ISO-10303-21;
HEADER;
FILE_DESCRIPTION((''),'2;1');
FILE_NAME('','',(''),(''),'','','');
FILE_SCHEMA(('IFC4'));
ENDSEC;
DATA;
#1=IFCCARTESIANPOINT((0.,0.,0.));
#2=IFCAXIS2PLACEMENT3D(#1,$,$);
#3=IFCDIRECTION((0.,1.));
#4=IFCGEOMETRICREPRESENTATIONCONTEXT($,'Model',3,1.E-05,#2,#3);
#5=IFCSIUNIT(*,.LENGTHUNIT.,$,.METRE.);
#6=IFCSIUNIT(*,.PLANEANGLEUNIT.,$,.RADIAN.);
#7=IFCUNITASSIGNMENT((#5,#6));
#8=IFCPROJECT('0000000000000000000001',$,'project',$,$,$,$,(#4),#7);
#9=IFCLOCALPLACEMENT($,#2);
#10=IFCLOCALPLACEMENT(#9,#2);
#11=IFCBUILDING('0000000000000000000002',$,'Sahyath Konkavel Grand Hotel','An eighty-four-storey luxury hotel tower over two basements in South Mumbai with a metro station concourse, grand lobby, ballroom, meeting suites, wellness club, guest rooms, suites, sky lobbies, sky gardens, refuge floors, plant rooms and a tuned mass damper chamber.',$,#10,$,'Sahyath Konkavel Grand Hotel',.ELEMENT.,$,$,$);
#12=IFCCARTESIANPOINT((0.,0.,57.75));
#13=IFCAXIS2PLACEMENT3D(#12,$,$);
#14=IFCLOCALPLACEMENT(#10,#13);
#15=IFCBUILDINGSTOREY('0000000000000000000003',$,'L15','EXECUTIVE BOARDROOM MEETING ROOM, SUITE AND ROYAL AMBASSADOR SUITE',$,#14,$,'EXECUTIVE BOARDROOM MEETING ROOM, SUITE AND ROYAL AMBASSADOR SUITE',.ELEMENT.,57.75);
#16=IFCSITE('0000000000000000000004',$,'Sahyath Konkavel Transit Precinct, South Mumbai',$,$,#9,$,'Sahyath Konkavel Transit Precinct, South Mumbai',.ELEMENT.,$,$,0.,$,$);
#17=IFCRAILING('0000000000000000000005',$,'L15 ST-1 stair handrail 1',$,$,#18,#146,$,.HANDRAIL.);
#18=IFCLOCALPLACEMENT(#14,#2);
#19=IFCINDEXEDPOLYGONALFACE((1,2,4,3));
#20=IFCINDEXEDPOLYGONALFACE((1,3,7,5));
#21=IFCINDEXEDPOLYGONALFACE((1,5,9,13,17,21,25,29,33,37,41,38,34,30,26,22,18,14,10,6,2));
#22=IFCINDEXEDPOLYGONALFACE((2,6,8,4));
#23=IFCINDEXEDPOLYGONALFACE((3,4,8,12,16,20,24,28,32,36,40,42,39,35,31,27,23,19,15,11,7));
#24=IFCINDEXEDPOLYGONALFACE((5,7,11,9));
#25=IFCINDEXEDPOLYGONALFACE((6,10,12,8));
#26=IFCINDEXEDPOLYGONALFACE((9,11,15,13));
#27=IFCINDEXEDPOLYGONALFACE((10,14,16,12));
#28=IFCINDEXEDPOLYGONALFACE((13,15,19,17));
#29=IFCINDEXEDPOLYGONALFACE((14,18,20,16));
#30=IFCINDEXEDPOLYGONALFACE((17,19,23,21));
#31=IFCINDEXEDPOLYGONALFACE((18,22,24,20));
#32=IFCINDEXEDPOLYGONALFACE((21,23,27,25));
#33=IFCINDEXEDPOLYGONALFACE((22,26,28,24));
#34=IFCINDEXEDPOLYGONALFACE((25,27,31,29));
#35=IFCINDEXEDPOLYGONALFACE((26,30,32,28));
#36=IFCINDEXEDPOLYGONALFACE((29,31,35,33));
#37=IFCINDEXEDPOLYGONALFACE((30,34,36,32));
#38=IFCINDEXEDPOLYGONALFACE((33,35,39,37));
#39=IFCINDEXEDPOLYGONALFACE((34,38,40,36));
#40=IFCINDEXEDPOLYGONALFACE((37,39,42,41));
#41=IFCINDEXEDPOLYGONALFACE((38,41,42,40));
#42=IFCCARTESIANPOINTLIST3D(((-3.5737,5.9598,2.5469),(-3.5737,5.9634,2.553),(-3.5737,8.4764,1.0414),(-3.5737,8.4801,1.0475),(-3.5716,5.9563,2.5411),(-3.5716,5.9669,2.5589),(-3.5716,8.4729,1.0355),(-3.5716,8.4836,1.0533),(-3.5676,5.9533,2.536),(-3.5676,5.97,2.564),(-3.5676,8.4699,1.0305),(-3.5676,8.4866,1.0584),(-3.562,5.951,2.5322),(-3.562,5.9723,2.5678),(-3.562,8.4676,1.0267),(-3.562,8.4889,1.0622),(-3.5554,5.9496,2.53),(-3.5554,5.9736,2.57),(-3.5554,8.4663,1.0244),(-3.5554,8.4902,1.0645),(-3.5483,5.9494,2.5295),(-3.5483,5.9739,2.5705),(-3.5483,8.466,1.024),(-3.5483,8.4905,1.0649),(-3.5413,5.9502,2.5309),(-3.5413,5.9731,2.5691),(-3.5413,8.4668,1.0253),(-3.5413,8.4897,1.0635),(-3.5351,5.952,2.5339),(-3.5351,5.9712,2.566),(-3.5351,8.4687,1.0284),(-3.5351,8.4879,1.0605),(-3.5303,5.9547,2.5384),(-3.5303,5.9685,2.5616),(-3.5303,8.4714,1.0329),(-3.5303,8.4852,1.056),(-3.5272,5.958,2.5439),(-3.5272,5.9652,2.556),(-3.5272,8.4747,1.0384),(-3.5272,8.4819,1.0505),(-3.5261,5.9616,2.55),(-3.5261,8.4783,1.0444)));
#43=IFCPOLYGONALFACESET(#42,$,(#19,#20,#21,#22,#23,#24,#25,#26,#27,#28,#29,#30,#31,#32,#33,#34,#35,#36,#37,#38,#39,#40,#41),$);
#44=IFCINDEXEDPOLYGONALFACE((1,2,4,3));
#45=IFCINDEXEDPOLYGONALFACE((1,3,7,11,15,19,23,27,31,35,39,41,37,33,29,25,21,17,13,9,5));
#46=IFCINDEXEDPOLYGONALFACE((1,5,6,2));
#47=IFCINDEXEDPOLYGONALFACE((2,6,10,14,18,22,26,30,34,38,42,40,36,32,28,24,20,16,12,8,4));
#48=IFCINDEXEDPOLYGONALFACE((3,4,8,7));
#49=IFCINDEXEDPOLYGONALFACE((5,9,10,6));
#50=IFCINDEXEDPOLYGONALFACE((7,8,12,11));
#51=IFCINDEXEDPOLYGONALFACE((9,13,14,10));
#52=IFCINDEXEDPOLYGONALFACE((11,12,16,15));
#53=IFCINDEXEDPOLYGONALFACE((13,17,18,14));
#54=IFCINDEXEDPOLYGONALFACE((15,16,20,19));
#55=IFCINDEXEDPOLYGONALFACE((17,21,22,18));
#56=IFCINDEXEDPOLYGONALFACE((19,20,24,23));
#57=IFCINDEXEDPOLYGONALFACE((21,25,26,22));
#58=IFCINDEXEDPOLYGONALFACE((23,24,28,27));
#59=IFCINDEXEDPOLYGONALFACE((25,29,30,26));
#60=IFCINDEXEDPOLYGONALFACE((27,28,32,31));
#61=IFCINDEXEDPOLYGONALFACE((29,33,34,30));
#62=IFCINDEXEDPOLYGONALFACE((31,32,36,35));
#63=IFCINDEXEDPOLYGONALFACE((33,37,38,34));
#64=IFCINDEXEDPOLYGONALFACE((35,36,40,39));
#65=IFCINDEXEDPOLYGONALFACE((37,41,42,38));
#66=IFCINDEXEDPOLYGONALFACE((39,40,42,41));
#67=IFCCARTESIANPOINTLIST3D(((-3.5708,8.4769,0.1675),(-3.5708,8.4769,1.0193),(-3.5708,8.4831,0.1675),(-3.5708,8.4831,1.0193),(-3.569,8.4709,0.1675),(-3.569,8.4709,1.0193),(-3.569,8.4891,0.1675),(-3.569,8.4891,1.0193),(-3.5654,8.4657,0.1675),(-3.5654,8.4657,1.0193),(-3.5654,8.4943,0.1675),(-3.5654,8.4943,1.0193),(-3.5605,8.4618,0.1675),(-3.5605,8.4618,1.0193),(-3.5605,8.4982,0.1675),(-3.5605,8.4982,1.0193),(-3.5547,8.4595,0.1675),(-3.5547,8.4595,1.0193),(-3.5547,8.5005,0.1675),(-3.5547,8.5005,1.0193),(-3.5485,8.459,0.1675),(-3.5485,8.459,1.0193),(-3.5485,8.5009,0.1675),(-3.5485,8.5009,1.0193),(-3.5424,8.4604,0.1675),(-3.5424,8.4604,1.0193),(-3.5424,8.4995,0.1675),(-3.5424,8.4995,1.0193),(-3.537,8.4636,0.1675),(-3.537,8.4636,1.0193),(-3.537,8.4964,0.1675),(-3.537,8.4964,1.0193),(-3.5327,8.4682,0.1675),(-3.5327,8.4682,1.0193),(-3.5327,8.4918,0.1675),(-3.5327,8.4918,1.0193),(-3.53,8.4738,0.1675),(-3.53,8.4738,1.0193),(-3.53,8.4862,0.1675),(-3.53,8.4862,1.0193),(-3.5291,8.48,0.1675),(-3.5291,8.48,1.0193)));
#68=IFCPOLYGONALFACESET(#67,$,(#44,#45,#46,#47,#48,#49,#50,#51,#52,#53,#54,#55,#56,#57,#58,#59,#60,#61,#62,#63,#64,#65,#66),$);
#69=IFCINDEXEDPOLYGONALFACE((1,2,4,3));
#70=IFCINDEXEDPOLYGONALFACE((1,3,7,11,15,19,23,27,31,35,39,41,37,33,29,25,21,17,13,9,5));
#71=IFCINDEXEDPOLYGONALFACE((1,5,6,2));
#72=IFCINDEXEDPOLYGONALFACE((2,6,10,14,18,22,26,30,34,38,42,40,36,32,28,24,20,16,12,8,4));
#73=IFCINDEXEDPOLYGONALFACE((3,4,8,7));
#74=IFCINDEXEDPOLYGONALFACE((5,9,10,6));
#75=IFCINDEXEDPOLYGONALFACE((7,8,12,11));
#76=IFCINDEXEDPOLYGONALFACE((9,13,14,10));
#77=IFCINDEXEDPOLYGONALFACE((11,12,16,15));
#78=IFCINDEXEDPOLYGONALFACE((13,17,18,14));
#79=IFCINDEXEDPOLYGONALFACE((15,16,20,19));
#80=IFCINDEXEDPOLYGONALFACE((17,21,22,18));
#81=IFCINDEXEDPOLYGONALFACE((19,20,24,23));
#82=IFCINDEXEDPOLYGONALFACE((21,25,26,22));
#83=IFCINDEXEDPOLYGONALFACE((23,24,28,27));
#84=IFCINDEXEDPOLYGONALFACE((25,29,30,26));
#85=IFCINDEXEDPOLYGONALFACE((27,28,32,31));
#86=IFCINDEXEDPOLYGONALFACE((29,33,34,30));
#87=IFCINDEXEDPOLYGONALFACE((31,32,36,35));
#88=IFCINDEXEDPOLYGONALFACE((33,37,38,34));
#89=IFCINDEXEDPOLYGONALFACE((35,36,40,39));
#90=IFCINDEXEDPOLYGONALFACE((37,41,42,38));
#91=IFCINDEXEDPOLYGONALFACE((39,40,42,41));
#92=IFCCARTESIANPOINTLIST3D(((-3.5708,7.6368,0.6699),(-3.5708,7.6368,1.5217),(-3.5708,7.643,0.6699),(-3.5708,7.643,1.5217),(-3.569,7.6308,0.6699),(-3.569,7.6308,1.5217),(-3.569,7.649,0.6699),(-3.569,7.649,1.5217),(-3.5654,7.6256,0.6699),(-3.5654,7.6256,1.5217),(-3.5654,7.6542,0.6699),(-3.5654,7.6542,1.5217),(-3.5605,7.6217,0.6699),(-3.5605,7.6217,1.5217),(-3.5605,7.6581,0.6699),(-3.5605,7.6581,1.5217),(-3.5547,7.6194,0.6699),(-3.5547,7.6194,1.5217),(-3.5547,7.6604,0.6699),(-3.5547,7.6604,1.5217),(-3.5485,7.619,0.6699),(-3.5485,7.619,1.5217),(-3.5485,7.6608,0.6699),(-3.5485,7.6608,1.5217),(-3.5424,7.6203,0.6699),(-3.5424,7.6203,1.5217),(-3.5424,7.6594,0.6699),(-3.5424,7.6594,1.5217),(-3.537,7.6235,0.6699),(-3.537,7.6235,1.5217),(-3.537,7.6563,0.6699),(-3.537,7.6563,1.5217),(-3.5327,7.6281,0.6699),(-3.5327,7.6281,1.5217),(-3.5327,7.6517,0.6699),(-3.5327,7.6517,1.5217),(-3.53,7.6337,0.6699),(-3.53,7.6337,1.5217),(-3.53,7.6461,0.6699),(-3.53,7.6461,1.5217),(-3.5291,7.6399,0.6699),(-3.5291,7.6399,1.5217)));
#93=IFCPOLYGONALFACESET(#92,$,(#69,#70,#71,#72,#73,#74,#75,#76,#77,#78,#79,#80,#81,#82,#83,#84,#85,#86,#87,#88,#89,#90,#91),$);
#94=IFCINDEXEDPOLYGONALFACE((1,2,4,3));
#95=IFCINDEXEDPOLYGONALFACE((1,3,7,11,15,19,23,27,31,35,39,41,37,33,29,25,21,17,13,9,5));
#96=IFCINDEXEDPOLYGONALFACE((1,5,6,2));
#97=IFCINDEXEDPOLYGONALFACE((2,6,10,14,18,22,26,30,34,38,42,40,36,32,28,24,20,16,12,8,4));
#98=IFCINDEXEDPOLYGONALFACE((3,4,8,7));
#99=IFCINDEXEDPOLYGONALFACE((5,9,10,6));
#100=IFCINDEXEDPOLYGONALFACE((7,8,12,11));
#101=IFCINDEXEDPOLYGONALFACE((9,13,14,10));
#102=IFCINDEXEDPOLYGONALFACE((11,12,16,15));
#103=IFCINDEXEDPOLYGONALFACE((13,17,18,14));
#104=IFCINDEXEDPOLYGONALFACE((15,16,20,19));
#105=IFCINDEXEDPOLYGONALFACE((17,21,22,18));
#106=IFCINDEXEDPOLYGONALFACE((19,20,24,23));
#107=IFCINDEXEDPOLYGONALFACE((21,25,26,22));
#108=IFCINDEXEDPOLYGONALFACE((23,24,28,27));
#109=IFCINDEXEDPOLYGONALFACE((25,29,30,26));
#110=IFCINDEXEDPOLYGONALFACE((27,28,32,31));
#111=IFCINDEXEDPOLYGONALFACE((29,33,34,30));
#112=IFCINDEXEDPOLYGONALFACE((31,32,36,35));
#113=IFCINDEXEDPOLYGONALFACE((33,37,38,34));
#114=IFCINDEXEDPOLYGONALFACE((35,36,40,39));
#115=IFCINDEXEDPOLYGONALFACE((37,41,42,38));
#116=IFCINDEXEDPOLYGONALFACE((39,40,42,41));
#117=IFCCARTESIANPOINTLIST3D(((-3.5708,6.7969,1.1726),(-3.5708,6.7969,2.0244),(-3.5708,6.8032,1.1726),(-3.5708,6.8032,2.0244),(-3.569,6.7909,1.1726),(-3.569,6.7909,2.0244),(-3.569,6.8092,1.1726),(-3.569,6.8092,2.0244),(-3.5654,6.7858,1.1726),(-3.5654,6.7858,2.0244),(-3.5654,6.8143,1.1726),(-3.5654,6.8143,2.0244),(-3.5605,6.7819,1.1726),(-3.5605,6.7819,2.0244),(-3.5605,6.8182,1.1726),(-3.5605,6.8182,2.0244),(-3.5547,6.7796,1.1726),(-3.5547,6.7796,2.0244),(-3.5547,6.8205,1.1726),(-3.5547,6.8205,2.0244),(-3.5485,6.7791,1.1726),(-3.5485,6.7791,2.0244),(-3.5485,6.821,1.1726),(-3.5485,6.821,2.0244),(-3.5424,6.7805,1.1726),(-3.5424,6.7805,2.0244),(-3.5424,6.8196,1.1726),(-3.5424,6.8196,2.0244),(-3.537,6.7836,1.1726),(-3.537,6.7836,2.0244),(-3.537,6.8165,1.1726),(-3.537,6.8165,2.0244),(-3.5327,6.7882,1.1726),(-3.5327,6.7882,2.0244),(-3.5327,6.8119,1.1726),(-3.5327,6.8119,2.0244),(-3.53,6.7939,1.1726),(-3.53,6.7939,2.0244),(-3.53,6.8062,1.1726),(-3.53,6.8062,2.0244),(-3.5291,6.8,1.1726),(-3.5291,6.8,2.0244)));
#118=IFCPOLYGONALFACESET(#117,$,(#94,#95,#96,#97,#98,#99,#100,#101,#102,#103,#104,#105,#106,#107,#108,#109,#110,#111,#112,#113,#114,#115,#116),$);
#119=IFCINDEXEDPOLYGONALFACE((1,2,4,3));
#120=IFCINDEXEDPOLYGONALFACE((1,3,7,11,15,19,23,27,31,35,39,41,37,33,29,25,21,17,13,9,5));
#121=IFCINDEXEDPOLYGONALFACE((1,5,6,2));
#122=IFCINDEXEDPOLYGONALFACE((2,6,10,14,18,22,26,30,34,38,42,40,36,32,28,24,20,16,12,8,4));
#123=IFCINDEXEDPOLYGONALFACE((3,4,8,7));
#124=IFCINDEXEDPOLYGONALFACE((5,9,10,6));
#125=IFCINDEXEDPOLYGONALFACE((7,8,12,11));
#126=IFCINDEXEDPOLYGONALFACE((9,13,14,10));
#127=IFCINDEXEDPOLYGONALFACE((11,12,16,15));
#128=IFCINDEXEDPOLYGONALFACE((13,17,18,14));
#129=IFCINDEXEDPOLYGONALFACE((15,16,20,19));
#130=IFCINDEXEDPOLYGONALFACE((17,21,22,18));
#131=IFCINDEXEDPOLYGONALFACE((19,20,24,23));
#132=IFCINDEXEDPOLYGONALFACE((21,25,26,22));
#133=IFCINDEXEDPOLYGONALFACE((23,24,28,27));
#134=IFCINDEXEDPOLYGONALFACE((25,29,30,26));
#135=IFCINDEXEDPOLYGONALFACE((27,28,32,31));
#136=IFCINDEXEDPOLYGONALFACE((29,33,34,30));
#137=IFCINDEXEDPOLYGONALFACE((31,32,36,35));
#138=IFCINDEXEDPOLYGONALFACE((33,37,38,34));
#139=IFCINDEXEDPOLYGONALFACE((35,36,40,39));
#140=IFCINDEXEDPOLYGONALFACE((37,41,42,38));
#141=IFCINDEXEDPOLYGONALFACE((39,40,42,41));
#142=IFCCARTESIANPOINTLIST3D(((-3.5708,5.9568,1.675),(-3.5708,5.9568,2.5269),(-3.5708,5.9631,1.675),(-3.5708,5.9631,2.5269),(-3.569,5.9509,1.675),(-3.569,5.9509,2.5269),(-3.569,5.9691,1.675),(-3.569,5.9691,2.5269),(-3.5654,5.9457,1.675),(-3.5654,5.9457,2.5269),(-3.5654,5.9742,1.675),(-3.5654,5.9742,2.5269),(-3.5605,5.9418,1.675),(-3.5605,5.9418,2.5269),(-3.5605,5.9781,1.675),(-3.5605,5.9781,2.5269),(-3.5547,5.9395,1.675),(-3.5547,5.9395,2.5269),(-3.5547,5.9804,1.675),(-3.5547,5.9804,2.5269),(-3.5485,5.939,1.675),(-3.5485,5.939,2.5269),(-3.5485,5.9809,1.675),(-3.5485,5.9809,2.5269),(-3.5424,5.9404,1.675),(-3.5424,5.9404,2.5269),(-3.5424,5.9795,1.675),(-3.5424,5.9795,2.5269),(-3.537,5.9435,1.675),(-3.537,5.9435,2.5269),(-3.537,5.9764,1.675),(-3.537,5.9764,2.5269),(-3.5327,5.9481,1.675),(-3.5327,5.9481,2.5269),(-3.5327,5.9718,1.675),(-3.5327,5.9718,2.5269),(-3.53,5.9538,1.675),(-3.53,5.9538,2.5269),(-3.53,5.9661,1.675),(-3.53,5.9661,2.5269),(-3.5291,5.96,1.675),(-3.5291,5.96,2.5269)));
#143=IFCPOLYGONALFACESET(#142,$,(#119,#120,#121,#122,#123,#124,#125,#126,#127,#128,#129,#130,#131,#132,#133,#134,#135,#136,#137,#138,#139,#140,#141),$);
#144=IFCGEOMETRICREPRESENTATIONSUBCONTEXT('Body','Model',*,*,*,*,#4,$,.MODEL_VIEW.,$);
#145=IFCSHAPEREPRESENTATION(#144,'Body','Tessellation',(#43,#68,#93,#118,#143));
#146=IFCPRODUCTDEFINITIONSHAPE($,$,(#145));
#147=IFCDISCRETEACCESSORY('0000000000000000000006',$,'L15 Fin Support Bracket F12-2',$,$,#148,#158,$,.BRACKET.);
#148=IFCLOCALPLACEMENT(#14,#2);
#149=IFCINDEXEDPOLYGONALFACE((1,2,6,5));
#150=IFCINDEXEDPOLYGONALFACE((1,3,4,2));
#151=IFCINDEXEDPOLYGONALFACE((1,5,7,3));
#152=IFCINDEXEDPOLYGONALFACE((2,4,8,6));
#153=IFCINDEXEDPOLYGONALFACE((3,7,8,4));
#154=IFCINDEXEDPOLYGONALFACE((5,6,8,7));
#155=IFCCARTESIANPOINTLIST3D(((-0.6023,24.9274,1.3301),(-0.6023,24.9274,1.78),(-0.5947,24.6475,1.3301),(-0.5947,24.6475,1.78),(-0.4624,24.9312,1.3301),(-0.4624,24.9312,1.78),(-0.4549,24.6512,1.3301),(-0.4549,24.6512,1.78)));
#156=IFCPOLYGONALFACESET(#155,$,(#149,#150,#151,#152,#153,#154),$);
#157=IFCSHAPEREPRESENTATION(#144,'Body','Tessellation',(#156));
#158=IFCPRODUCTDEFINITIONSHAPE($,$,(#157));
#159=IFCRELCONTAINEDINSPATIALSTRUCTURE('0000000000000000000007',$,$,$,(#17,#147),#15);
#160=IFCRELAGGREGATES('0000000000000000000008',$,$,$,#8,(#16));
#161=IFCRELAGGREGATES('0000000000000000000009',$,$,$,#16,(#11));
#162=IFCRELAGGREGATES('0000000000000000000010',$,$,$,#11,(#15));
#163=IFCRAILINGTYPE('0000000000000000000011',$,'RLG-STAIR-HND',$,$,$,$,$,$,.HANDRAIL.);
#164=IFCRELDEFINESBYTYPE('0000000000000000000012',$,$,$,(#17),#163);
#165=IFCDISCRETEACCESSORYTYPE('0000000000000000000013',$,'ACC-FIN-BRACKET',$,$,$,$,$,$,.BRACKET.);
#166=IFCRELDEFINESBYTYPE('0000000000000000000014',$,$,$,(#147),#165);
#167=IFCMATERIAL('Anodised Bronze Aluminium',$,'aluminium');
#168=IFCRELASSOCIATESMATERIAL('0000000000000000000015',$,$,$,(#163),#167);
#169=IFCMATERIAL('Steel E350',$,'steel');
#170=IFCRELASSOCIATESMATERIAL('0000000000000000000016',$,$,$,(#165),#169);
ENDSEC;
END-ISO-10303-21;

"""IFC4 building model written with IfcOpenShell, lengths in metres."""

from ifc_helpers import new_model, si_unit, direction, frame, origin, origin_2d, place, context, subcontext, project, spatial, rectangle, circle, extrude, source, transform, mapped, material, type_object, element, save


model = new_model("IFC4")

# Units and contexts
model_context = context("Model", 3, precision=1e-05, world=origin(), true_north=direction((0.0, 1.0)))
body_context = subcontext(model_context, "Body", "Model", "MODEL_VIEW")
ifc_project = project(units=[si_unit("LENGTHUNIT", "METRE"), si_unit("PLANEANGLEUNIT", "RADIAN")], contexts=[model_context])

# Site, building, storey
site_placement = place(None, origin())
site = spatial("IfcSite", under=ifc_project, at=site_placement, Name="Sahyath Konkavel Transit Precinct, South Mumbai", LongName="Sahyath Konkavel Transit Precinct, South Mumbai", CompositionType="ELEMENT", RefElevation=0.0)
building_placement = place(site_placement, origin())
building = spatial("IfcBuilding", under=site, at=building_placement, Name="Sahyath Konkavel Grand Hotel", Description="An eighty-four-storey luxury hotel tower over two basements in South Mumbai with a metro station concourse, grand lobby, ballroom, meeting suites, wellness club, guest rooms, suites, sky lobbies, sky gardens, refuge floors, plant rooms and a tuned mass damper chamber.", LongName="Sahyath Konkavel Grand Hotel", CompositionType="ELEMENT")
storey_placement = place(building_placement, frame((0.0, 0.0, 57.75)))
storey = spatial("IfcBuildingStorey", under=building, at=storey_placement, Name="L15", Description="EXECUTIVE BOARDROOM MEETING ROOM, SUITE AND ROYAL AMBASSADOR SUITE", LongName="EXECUTIVE BOARDROOM MEETING ROOM, SUITE AND ROYAL AMBASSADOR SUITE", CompositionType="ELEMENT", Elevation=57.75)

# Shared definitions
ifc_material_1 = material(Name="Steel E350", Category="steel")

# Shared definitions
ifc_material_2 = material(Name="Anodised Bronze Aluminium", Category="aluminium")

# Railing
railing_type_1 = type_object("IfcRailingType", Name="RLG-STAIR-HND", PredefinedType="HANDRAIL", material=ifc_material_2)
railing_1_placement = place(storey_placement, frame((-3.55, 8.48, 0.1675)))
element("IfcRailing", 1, at=railing_1_placement, inside=storey, type_object=railing_type_1, Name="L15 ST-1 stair handrail 1", PredefinedType="HANDRAIL", context=body_context, shape_type="SweptSolid", body=[
    extrude(circle(Radius=0.0239, at=origin_2d()), frame((0.0, -0.0017, 0.877), z_axis=(0.0, -0.85816, 0.513383), x_axis=(1.0, 0.0, 0.0)), (0.0, 0.0, 1.0), 2.9326),
    extrude(circle(Radius=0.021, at=origin_2d()), origin(), (0.0, 0.0, 1.0), 0.8518),
    extrude(circle(Radius=0.021, at=origin_2d()), frame((0.0, -0.8401, 0.5024)), (0.0, 0.0, 1.0), 0.8518),
    extrude(circle(Radius=0.021, at=origin_2d()), frame((0.0, -1.6799, 1.0051)), (0.0, 0.0, 1.0), 0.8518),
    extrude(circle(Radius=0.021, at=origin_2d()), frame((0.0, -2.52, 1.5076)), (0.0, 0.0, 1.0), 0.8518),
])

# Discrete accessory
discrete_accessory_type = type_object("IfcDiscreteAccessoryType", Name="ACC-FIN-BRACKET", PredefinedType="BRACKET", material=ifc_material_1)
shared_shape_1 = source(origin(), body_context, "Body", "SweptSolid", [
    extrude(rectangle(XDim=0.28, YDim=0.1399, at=origin_2d()), origin(), (0.0, 0.0, 1.0), 0.45),
])
discrete_accessory_placement = place(storey_placement, frame((-0.5286, 24.7893, 1.3301), z_axis=(0.0, 0.0, 1.0), x_axis=(-0.02691, 0.999638, 0.0)))
element("IfcDiscreteAccessory", 2, at=discrete_accessory_placement, inside=storey, type_object=discrete_accessory_type, Name="L15 Fin Support Bracket F12-2", PredefinedType="BRACKET", context=body_context, shape_type="MappedRepresentation", body=[
    mapped(shared_shape_1, transform((0.0, 0.0, 0.0), scale=1.0)),
])

save(model, "model.ifc")
